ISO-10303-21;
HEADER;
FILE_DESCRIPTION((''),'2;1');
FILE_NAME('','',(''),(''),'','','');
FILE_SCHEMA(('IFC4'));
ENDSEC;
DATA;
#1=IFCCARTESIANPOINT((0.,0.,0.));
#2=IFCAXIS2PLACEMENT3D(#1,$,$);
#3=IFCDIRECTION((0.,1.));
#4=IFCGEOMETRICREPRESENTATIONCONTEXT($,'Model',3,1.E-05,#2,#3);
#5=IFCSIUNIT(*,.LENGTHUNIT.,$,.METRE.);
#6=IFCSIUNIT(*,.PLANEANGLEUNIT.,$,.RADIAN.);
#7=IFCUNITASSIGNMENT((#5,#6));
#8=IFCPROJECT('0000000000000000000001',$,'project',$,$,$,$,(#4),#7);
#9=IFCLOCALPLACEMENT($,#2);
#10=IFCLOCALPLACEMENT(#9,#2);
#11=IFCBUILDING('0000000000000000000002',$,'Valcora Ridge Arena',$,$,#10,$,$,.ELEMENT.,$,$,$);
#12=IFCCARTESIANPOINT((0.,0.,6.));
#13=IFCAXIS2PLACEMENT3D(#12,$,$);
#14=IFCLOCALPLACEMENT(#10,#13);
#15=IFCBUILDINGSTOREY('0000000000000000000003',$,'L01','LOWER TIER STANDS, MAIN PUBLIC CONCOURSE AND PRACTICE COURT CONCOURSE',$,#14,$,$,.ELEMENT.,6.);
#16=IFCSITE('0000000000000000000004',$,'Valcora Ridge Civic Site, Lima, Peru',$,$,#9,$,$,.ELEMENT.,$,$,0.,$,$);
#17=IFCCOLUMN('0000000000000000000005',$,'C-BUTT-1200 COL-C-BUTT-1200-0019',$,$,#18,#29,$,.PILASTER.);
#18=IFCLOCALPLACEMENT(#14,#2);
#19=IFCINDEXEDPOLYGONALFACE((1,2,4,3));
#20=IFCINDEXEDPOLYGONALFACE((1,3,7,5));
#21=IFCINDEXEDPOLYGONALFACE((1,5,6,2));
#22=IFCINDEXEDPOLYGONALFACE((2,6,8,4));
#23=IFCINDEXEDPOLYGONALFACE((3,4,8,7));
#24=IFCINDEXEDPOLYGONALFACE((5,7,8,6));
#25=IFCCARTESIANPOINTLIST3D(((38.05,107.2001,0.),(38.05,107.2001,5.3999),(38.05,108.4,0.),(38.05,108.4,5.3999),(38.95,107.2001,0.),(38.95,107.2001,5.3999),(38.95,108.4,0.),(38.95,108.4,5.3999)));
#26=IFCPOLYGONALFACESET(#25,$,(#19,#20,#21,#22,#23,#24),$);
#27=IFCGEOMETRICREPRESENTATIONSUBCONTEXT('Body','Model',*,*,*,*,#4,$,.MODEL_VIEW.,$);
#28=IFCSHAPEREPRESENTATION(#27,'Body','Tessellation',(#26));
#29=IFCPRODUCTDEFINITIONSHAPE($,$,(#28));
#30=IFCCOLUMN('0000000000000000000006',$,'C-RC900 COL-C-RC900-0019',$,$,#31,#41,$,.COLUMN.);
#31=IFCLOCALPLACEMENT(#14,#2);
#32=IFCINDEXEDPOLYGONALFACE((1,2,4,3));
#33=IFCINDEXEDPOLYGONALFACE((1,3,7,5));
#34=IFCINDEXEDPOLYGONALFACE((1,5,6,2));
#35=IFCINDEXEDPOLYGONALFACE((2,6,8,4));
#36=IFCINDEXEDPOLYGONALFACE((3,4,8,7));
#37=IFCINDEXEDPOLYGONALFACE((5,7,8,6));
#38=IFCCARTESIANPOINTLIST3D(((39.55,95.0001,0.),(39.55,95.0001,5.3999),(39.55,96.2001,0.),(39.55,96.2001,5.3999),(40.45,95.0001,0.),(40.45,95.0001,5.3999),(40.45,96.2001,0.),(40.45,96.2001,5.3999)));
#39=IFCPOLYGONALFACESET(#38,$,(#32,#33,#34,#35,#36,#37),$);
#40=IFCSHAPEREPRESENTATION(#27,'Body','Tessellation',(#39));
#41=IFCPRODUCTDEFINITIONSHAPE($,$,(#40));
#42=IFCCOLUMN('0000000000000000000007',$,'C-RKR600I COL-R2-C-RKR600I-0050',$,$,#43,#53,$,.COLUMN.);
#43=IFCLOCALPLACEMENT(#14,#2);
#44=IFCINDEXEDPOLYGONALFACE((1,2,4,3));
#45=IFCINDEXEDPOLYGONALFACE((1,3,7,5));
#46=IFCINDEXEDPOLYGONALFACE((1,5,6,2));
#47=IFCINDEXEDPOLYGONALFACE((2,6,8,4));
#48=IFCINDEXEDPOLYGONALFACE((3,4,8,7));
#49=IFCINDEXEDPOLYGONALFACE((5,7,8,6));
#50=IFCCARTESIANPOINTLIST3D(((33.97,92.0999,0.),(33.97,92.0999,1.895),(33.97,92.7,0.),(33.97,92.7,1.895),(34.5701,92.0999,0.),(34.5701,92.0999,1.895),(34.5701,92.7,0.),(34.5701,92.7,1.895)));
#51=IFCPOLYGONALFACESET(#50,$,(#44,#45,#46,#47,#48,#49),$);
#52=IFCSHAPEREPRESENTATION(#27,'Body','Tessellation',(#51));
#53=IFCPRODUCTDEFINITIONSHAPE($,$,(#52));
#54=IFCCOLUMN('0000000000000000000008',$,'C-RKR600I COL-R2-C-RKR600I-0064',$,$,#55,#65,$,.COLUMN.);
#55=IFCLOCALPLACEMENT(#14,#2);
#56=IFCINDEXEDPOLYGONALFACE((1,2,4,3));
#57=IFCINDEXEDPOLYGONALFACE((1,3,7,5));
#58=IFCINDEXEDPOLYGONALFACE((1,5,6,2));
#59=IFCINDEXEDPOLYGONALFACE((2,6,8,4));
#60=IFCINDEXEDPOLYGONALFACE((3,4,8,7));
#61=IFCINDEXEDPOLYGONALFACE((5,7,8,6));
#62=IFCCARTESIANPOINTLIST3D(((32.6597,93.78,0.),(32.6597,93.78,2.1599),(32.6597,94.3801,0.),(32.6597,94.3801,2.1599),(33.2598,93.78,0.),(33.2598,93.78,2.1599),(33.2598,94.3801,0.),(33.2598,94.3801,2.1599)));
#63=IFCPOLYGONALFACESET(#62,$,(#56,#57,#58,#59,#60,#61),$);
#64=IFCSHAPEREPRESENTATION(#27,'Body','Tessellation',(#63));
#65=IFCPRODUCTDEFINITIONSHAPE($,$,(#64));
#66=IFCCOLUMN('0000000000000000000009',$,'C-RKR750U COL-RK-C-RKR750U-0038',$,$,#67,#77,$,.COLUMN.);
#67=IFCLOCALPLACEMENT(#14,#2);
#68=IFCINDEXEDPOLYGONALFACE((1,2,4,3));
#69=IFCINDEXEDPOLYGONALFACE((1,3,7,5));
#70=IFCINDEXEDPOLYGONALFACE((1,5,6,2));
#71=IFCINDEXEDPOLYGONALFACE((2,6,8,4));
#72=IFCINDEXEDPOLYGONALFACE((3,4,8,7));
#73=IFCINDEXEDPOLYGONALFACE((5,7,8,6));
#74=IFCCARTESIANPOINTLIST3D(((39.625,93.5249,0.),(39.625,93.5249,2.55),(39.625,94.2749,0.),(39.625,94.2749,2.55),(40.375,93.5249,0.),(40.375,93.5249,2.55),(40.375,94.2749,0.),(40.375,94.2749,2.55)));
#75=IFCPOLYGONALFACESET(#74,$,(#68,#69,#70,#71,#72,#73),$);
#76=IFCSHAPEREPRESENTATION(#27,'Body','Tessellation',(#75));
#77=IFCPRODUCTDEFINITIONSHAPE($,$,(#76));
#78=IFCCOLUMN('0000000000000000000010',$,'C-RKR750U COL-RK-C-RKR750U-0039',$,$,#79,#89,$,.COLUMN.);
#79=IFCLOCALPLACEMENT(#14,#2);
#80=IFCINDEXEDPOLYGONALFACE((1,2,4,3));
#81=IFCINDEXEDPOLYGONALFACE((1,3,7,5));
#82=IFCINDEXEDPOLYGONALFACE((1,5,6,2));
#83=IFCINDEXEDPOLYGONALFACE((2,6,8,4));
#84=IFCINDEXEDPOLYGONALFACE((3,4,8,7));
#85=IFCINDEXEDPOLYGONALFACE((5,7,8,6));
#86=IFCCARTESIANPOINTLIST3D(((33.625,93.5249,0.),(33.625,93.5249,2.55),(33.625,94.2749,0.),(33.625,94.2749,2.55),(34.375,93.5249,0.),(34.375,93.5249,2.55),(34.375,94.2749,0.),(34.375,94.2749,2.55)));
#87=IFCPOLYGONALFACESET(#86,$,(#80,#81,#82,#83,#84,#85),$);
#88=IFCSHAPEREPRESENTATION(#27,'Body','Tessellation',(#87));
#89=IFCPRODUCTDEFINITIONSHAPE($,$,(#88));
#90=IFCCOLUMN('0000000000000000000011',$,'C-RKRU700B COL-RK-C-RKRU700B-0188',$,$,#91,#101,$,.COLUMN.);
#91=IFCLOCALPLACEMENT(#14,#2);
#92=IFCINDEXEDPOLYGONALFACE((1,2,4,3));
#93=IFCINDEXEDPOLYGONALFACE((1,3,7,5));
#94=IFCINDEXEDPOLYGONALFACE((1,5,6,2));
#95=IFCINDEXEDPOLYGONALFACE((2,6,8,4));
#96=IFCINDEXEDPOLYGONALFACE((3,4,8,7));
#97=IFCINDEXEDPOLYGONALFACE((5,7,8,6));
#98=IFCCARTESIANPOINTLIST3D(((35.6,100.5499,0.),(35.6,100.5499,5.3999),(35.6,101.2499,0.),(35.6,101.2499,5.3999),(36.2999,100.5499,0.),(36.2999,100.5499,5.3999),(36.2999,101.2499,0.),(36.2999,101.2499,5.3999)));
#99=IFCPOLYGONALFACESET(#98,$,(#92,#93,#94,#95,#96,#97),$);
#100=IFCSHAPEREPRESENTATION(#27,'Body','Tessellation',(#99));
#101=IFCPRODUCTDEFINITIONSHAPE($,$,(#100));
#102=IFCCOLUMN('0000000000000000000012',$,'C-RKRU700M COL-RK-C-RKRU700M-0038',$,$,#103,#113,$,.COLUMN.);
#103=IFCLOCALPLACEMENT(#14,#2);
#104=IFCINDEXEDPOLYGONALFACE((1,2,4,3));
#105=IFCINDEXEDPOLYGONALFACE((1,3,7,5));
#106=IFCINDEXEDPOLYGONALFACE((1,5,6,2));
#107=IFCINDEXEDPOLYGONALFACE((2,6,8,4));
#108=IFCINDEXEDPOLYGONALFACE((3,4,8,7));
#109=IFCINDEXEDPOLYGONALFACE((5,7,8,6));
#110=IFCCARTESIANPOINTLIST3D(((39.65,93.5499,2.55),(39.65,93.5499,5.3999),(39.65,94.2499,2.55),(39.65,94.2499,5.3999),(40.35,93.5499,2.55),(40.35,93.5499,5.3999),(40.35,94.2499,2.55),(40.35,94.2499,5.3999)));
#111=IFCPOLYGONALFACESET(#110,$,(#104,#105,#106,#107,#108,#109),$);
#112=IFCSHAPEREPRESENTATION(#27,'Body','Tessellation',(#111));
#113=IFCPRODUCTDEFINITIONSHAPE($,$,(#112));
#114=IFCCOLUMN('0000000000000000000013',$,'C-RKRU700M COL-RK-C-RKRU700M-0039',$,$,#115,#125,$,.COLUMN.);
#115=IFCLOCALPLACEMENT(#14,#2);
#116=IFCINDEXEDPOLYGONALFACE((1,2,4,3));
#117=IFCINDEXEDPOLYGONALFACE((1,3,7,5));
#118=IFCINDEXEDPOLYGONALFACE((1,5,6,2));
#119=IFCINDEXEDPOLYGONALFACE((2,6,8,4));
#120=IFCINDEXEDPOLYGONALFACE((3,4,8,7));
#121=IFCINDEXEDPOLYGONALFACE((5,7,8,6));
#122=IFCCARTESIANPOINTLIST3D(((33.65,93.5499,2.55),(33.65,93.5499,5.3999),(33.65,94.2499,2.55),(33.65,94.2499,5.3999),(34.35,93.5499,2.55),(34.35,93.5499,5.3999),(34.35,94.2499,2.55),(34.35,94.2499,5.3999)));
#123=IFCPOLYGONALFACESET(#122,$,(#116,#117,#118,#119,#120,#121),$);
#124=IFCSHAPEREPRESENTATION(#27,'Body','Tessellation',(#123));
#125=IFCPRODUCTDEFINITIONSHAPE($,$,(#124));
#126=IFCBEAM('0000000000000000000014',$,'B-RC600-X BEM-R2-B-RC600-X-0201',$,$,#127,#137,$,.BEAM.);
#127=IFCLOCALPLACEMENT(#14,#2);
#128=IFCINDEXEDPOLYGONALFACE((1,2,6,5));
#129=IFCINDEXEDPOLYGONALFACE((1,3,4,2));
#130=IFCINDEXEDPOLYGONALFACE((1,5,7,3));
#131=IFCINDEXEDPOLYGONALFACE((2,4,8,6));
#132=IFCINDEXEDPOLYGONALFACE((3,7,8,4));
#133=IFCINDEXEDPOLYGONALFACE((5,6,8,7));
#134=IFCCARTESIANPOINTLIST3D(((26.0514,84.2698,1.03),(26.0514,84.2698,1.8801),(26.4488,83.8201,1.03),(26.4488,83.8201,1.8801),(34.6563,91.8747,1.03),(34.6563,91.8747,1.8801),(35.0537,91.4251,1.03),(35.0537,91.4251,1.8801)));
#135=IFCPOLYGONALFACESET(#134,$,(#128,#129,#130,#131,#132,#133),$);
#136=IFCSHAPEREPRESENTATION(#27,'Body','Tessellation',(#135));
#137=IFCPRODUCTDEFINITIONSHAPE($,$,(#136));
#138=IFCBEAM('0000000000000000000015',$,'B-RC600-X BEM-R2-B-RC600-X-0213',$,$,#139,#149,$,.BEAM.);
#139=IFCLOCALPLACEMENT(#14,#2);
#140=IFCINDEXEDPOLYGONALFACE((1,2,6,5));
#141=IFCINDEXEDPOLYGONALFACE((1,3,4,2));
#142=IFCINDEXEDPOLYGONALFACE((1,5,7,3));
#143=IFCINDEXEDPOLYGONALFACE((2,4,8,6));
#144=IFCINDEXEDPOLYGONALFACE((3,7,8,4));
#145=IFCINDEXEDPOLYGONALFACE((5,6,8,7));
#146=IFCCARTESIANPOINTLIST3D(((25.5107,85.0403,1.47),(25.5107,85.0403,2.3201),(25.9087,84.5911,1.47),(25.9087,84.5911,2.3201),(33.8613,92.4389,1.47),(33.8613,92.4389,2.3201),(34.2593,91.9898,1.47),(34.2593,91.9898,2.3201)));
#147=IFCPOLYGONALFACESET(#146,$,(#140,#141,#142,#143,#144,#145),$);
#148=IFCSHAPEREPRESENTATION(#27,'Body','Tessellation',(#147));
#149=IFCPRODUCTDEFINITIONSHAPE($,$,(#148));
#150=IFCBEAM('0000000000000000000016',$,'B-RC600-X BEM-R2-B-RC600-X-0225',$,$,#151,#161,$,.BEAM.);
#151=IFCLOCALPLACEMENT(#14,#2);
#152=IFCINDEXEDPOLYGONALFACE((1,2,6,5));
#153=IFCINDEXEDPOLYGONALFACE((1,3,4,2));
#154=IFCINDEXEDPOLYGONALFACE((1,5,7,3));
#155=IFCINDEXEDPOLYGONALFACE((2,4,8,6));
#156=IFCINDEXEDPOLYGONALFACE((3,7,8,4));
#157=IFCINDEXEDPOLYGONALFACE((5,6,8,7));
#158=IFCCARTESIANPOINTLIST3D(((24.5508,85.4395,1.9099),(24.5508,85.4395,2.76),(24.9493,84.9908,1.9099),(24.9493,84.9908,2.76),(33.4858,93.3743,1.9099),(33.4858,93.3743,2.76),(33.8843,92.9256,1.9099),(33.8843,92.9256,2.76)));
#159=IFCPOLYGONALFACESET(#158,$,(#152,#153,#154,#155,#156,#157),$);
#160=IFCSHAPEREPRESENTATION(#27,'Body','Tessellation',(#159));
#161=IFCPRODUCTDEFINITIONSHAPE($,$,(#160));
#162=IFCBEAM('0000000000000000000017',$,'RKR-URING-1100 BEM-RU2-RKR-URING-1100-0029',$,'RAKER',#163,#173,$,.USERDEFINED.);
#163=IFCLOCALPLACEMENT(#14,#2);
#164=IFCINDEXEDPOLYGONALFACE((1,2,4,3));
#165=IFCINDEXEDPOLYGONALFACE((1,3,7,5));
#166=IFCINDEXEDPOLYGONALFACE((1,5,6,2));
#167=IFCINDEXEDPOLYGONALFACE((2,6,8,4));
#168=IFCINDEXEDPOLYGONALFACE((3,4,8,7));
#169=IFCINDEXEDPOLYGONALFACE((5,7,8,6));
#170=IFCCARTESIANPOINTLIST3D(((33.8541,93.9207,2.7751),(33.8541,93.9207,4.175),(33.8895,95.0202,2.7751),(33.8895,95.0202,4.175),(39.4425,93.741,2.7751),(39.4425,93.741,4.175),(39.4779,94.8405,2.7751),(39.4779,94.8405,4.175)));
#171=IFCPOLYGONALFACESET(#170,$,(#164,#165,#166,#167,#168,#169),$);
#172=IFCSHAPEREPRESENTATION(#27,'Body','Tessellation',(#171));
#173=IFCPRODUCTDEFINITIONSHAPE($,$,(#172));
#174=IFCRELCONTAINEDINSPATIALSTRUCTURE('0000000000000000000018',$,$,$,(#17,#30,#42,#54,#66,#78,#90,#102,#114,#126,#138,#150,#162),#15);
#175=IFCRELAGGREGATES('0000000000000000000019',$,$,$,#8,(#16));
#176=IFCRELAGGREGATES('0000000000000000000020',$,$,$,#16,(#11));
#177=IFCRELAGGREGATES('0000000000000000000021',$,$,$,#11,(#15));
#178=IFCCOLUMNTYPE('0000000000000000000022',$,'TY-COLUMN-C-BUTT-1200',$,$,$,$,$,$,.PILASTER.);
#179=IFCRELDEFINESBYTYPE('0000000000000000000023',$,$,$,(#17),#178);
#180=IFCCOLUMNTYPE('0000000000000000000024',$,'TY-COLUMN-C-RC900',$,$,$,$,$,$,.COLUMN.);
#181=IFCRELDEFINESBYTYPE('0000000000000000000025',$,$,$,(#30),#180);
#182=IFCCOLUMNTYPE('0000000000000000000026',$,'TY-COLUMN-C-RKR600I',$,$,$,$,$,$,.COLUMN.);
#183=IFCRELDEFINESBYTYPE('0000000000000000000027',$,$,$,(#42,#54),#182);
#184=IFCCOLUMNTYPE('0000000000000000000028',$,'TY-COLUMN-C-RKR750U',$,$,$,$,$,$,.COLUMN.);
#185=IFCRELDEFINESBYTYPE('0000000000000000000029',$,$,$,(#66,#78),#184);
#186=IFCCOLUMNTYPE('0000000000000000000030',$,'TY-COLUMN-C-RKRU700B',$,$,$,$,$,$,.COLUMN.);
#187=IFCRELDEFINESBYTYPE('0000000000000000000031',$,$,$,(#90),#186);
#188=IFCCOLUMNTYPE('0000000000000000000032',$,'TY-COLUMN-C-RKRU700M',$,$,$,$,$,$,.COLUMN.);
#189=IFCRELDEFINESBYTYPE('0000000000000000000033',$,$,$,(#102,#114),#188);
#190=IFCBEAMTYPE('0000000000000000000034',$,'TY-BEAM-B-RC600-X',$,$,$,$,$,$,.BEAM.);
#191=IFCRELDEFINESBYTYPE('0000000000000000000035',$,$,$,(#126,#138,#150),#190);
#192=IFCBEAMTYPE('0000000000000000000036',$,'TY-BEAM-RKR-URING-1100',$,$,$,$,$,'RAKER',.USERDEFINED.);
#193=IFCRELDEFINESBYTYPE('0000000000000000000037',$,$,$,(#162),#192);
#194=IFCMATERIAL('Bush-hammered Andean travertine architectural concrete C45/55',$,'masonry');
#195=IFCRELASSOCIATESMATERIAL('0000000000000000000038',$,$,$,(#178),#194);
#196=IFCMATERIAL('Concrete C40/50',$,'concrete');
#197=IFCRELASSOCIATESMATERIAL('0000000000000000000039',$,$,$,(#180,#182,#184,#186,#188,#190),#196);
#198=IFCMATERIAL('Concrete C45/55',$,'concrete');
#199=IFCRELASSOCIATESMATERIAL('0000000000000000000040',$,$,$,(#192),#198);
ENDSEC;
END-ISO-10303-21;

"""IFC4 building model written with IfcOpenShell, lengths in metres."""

from ifc_helpers import new_model, si_unit, direction, frame, origin, origin_2d, place, context, subcontext, project, spatial, rectangle, extrude, material, material_profile, profile_set, type_object, element, save


model = new_model("IFC4")

# Units and contexts
model_context = context("Model", 3, precision=1e-05, world=origin(), true_north=direction((0.0, 1.0)))
body_context = subcontext(model_context, "Body", "Model", "MODEL_VIEW")
ifc_project = project(units=[si_unit("LENGTHUNIT", "METRE"), si_unit("PLANEANGLEUNIT", "RADIAN")], contexts=[model_context])

# Site, building, storey
site_placement = place(None, origin())
site = spatial("IfcSite", under=ifc_project, at=site_placement, Name="Valcora Ridge Civic Site, Lima, Peru", CompositionType="ELEMENT", RefElevation=0.0)
building_placement = place(site_placement, origin())
building = spatial("IfcBuilding", under=site, at=building_placement, Name="Valcora Ridge Arena", CompositionType="ELEMENT")
storey_placement = place(building_placement, frame((0.0, 0.0, 6.0)))
storey = spatial("IfcBuildingStorey", under=building, at=storey_placement, Name="L01", Description="LOWER TIER STANDS, MAIN PUBLIC CONCOURSE AND PRACTICE COURT CONCOURSE", CompositionType="ELEMENT", Elevation=6.0)

# Columns
ifc_material_1 = material(Name="Bush-hammered Andean travertine architectural concrete C45/55", Category="masonry")
ifc_material_profile_1 = material_profile(ifc_material_1, rectangle(XDim=0.8999, YDim=1.2, at=origin_2d()), Name="RC 900x1200")
ifc_profile_set_1 = profile_set([ifc_material_profile_1], Name="Bush-hammered Andean travertine architectural concrete C45/55")
column_type_1 = type_object("IfcColumnType", Name="TY-COLUMN-C-BUTT-1200", PredefinedType="PILASTER", material=ifc_profile_set_1)
column_1_placement = place(storey_placement, frame((38.5, 107.8, 0.0), z_axis=(0.0, 0.0, 1.0), x_axis=(1.0, 0.0, 0.0)))
element("IfcColumn", 1, at=column_1_placement, inside=storey, type_object=column_type_1, Name="C-BUTT-1200 COL-C-BUTT-1200-0019", PredefinedType="PILASTER", context=body_context, shape_type="SweptSolid", body=[
    extrude(rectangle(XDim=0.8999, YDim=1.2, at=origin_2d()), origin(), (0.0, 0.0, 1.0), 5.3999),
])
ifc_material_2 = material(Name="Concrete C40/50", Category="concrete")
ifc_material_profile_2 = material_profile(ifc_material_2, rectangle(XDim=0.8999, YDim=1.2, at=origin_2d()), Name="RC 900x1200")
ifc_profile_set_2 = profile_set([ifc_material_profile_2], Name="Concrete C40/50")
column_type_2 = type_object("IfcColumnType", Name="TY-COLUMN-C-RC900", PredefinedType="COLUMN", material=ifc_profile_set_2)
column_2_placement = place(storey_placement, frame((40.0, 95.6001, 0.0), z_axis=(0.0, 0.0, 1.0), x_axis=(1.0, 0.0, 0.0)))
element("IfcColumn", 2, at=column_2_placement, inside=storey, type_object=column_type_2, Name="C-RC900 COL-C-RC900-0019", PredefinedType="COLUMN", context=body_context, shape_type="SweptSolid", body=[
    extrude(rectangle(XDim=0.8999, YDim=1.2, at=origin_2d()), origin(), (0.0, 0.0, 1.0), 5.3999),
])
ifc_material_profile_3 = material_profile(ifc_material_2, rectangle(XDim=0.6001, YDim=0.6001, at=origin_2d()), Name="RC 600x600")
ifc_profile_set_3 = profile_set([ifc_material_profile_3], Name="Concrete C40/50")
column_type_3 = type_object("IfcColumnType", Name="TY-COLUMN-C-RKR600I", PredefinedType="COLUMN", material=ifc_profile_set_3)
column_3_placement = place(storey_placement, frame((34.27, 92.3999, 0.0), z_axis=(0.0, 0.0, 1.0), x_axis=(1.0, 0.0, 0.0)))
element("IfcColumn", 3, at=column_3_placement, inside=storey, type_object=column_type_3, Name="C-RKR600I COL-R2-C-RKR600I-0050", PredefinedType="COLUMN", context=body_context, shape_type="SweptSolid", body=[
    extrude(rectangle(XDim=0.6001, YDim=0.6001, at=origin_2d()), origin(), (0.0, 0.0, 1.0), 1.895),
])
column_4_placement = place(storey_placement, frame((32.9597, 94.0801, 0.0), z_axis=(0.0, 0.0, 1.0), x_axis=(1.0, 0.0, 0.0)))
element("IfcColumn", 4, at=column_4_placement, inside=storey, type_object=column_type_3, Name="C-RKR600I COL-R2-C-RKR600I-0064", PredefinedType="COLUMN", context=body_context, shape_type="SweptSolid", body=[
    extrude(rectangle(XDim=0.6001, YDim=0.6001, at=origin_2d()), origin(), (0.0, 0.0, 1.0), 2.1599),
])
ifc_material_profile_4 = material_profile(ifc_material_2, rectangle(XDim=0.75, YDim=0.75, at=origin_2d()), Name="RC 750x750")
ifc_profile_set_4 = profile_set([ifc_material_profile_4], Name="Concrete C40/50")
column_type_4 = type_object("IfcColumnType", Name="TY-COLUMN-C-RKR750U", PredefinedType="COLUMN", material=ifc_profile_set_4)
for number, where, z_axis, x_axis, name in (
    (5, (40.0, 93.8999, 0.0), (0.0, 0.0, 1.0), (1.0, 0.0, 0.0), "C-RKR750U COL-RK-C-RKR750U-0038"),
    (6, (34.0, 93.8999, 0.0), (0.0, 0.0, 1.0), (1.0, 0.0, 0.0), "C-RKR750U COL-RK-C-RKR750U-0039"),
):
    element("IfcColumn", number, at=place(storey_placement, frame(where, z_axis=z_axis, x_axis=x_axis)), inside=storey, type_object=column_type_4, Name=name, PredefinedType="COLUMN", context=body_context, shape_type="SweptSolid", body=[
        extrude(rectangle(XDim=0.75, YDim=0.75, at=origin_2d()), origin(), (0.0, 0.0, 1.0), 2.55),
    ])
ifc_material_profile_5 = material_profile(ifc_material_2, rectangle(XDim=0.7, YDim=0.7, at=origin_2d()), Name="RC 700x700")
ifc_profile_set_5 = profile_set([ifc_material_profile_5], Name="Concrete C40/50")
column_type_5 = type_object("IfcColumnType", Name="TY-COLUMN-C-RKRU700B", PredefinedType="COLUMN", material=ifc_profile_set_5)
column_5_placement = place(storey_placement, frame((35.95, 100.8999, 0.0), z_axis=(0.0, 0.0, 1.0), x_axis=(1.0, 0.0, 0.0)))
element("IfcColumn", 7, at=column_5_placement, inside=storey, type_object=column_type_5, Name="C-RKRU700B COL-RK-C-RKRU700B-0188", PredefinedType="COLUMN", context=body_context, shape_type="SweptSolid", body=[
    extrude(rectangle(XDim=0.7, YDim=0.7, at=origin_2d()), origin(), (0.0, 0.0, 1.0), 5.3999),
])
ifc_material_profile_6 = material_profile(ifc_material_2, rectangle(XDim=0.7, YDim=0.7, at=origin_2d()), Name="RC 700x700")
ifc_profile_set_6 = profile_set([ifc_material_profile_6], Name="Concrete C40/50")
column_type_6 = type_object("IfcColumnType", Name="TY-COLUMN-C-RKRU700M", PredefinedType="COLUMN", material=ifc_profile_set_6)
for number, where, z_axis, x_axis, name in (
    (8, (40.0, 93.8999, 2.55), (0.0, 0.0, 1.0), (1.0, 0.0, 0.0), "C-RKRU700M COL-RK-C-RKRU700M-0038"),
    (9, (34.0, 93.8999, 2.55), (0.0, 0.0, 1.0), (1.0, 0.0, 0.0), "C-RKRU700M COL-RK-C-RKRU700M-0039"),
):
    element("IfcColumn", number, at=place(storey_placement, frame(where, z_axis=z_axis, x_axis=x_axis)), inside=storey, type_object=column_type_6, Name=name, PredefinedType="COLUMN", context=body_context, shape_type="SweptSolid", body=[
        extrude(rectangle(XDim=0.7, YDim=0.7, at=origin_2d()), origin(), (0.0, 0.0, 1.0), 2.8499),
    ])

# Beams
ifc_material_profile_7 = material_profile(ifc_material_2, rectangle(XDim=0.6001, YDim=0.8501, at=origin_2d()), Name="RC 600x850")
ifc_profile_set_7 = profile_set([ifc_material_profile_7], Name="Concrete C40/50")
beam_type_1 = type_object("IfcBeamType", Name="TY-BEAM-B-RC600-X", PredefinedType="BEAM", material=ifc_profile_set_7)
beam_1_placement = place(storey_placement, frame((34.855, 91.6499, 1.4551), z_axis=(-0.749304, -0.662226, 0.0), x_axis=(0.662226, -0.749304, 0.0)))
element("IfcBeam", 10, at=beam_1_placement, inside=storey, type_object=beam_type_1, Name="B-RC600-X BEM-R2-B-RC600-X-0201", PredefinedType="BEAM", context=body_context, shape_type="SweptSolid", body=[
    extrude(rectangle(XDim=0.6001, YDim=0.8501, at=origin_2d()), origin(), (0.0, 0.0, 1.0), 11.4839),
])
beam_2_placement = place(storey_placement, frame((34.0603, 92.2144, 1.895), z_axis=(-0.748479, -0.663158, 0.0), x_axis=(0.663158, -0.748479, 0.0)))
element("IfcBeam", 11, at=beam_2_placement, inside=storey, type_object=beam_type_1, Name="B-RC600-X BEM-R2-B-RC600-X-0213", PredefinedType="BEAM", context=body_context, shape_type="SweptSolid", body=[
    extrude(rectangle(XDim=0.6001, YDim=0.8501, at=origin_2d()), origin(), (0.0, 0.0, 1.0), 11.1567),
])
beam_3_placement = place(storey_placement, frame((33.6851, 93.1499, 2.335), z_axis=(-0.747719, -0.664015, 0.0), x_axis=(0.664015, -0.747719, 0.0)))
element("IfcBeam", 12, at=beam_3_placement, inside=storey, type_object=beam_type_1, Name="B-RC600-X BEM-R2-B-RC600-X-0225", PredefinedType="BEAM", context=body_context, shape_type="SweptSolid", body=[
    extrude(rectangle(XDim=0.6001, YDim=0.8501, at=origin_2d()), origin(), (0.0, 0.0, 1.0), 11.9497),
])
ifc_material_3 = material(Name="Concrete C45/55", Category="concrete")
ifc_material_profile_8 = material_profile(ifc_material_3, rectangle(XDim=1.1001, YDim=1.3999, at=origin_2d()), Name="RC 1100x1400")
ifc_profile_set_8 = profile_set([ifc_material_profile_8], Name="Concrete C45/55")
beam_type_2 = type_object("IfcBeamType", Name="TY-BEAM-RKR-URING-1100", ElementType="RAKER", PredefinedType="USERDEFINED", material=ifc_profile_set_8)
beam_4_placement = place(storey_placement, frame((39.4602, 94.2908, 3.4751), z_axis=(-0.999483, 0.032137, 0.0), x_axis=(-0.032137, -0.999483, 0.0)))
element("IfcBeam", 13, at=beam_4_placement, inside=storey, type_object=beam_type_2, Name="RKR-URING-1100 BEM-RU2-RKR-URING-1100-0029", ObjectType="RAKER", PredefinedType="USERDEFINED", context=body_context, shape_type="SweptSolid", body=[
    extrude(rectangle(XDim=1.1001, YDim=1.3999, at=origin_2d()), origin(), (0.0, 0.0, 1.0), 5.5913),
])

save(model, "model.ifc")
